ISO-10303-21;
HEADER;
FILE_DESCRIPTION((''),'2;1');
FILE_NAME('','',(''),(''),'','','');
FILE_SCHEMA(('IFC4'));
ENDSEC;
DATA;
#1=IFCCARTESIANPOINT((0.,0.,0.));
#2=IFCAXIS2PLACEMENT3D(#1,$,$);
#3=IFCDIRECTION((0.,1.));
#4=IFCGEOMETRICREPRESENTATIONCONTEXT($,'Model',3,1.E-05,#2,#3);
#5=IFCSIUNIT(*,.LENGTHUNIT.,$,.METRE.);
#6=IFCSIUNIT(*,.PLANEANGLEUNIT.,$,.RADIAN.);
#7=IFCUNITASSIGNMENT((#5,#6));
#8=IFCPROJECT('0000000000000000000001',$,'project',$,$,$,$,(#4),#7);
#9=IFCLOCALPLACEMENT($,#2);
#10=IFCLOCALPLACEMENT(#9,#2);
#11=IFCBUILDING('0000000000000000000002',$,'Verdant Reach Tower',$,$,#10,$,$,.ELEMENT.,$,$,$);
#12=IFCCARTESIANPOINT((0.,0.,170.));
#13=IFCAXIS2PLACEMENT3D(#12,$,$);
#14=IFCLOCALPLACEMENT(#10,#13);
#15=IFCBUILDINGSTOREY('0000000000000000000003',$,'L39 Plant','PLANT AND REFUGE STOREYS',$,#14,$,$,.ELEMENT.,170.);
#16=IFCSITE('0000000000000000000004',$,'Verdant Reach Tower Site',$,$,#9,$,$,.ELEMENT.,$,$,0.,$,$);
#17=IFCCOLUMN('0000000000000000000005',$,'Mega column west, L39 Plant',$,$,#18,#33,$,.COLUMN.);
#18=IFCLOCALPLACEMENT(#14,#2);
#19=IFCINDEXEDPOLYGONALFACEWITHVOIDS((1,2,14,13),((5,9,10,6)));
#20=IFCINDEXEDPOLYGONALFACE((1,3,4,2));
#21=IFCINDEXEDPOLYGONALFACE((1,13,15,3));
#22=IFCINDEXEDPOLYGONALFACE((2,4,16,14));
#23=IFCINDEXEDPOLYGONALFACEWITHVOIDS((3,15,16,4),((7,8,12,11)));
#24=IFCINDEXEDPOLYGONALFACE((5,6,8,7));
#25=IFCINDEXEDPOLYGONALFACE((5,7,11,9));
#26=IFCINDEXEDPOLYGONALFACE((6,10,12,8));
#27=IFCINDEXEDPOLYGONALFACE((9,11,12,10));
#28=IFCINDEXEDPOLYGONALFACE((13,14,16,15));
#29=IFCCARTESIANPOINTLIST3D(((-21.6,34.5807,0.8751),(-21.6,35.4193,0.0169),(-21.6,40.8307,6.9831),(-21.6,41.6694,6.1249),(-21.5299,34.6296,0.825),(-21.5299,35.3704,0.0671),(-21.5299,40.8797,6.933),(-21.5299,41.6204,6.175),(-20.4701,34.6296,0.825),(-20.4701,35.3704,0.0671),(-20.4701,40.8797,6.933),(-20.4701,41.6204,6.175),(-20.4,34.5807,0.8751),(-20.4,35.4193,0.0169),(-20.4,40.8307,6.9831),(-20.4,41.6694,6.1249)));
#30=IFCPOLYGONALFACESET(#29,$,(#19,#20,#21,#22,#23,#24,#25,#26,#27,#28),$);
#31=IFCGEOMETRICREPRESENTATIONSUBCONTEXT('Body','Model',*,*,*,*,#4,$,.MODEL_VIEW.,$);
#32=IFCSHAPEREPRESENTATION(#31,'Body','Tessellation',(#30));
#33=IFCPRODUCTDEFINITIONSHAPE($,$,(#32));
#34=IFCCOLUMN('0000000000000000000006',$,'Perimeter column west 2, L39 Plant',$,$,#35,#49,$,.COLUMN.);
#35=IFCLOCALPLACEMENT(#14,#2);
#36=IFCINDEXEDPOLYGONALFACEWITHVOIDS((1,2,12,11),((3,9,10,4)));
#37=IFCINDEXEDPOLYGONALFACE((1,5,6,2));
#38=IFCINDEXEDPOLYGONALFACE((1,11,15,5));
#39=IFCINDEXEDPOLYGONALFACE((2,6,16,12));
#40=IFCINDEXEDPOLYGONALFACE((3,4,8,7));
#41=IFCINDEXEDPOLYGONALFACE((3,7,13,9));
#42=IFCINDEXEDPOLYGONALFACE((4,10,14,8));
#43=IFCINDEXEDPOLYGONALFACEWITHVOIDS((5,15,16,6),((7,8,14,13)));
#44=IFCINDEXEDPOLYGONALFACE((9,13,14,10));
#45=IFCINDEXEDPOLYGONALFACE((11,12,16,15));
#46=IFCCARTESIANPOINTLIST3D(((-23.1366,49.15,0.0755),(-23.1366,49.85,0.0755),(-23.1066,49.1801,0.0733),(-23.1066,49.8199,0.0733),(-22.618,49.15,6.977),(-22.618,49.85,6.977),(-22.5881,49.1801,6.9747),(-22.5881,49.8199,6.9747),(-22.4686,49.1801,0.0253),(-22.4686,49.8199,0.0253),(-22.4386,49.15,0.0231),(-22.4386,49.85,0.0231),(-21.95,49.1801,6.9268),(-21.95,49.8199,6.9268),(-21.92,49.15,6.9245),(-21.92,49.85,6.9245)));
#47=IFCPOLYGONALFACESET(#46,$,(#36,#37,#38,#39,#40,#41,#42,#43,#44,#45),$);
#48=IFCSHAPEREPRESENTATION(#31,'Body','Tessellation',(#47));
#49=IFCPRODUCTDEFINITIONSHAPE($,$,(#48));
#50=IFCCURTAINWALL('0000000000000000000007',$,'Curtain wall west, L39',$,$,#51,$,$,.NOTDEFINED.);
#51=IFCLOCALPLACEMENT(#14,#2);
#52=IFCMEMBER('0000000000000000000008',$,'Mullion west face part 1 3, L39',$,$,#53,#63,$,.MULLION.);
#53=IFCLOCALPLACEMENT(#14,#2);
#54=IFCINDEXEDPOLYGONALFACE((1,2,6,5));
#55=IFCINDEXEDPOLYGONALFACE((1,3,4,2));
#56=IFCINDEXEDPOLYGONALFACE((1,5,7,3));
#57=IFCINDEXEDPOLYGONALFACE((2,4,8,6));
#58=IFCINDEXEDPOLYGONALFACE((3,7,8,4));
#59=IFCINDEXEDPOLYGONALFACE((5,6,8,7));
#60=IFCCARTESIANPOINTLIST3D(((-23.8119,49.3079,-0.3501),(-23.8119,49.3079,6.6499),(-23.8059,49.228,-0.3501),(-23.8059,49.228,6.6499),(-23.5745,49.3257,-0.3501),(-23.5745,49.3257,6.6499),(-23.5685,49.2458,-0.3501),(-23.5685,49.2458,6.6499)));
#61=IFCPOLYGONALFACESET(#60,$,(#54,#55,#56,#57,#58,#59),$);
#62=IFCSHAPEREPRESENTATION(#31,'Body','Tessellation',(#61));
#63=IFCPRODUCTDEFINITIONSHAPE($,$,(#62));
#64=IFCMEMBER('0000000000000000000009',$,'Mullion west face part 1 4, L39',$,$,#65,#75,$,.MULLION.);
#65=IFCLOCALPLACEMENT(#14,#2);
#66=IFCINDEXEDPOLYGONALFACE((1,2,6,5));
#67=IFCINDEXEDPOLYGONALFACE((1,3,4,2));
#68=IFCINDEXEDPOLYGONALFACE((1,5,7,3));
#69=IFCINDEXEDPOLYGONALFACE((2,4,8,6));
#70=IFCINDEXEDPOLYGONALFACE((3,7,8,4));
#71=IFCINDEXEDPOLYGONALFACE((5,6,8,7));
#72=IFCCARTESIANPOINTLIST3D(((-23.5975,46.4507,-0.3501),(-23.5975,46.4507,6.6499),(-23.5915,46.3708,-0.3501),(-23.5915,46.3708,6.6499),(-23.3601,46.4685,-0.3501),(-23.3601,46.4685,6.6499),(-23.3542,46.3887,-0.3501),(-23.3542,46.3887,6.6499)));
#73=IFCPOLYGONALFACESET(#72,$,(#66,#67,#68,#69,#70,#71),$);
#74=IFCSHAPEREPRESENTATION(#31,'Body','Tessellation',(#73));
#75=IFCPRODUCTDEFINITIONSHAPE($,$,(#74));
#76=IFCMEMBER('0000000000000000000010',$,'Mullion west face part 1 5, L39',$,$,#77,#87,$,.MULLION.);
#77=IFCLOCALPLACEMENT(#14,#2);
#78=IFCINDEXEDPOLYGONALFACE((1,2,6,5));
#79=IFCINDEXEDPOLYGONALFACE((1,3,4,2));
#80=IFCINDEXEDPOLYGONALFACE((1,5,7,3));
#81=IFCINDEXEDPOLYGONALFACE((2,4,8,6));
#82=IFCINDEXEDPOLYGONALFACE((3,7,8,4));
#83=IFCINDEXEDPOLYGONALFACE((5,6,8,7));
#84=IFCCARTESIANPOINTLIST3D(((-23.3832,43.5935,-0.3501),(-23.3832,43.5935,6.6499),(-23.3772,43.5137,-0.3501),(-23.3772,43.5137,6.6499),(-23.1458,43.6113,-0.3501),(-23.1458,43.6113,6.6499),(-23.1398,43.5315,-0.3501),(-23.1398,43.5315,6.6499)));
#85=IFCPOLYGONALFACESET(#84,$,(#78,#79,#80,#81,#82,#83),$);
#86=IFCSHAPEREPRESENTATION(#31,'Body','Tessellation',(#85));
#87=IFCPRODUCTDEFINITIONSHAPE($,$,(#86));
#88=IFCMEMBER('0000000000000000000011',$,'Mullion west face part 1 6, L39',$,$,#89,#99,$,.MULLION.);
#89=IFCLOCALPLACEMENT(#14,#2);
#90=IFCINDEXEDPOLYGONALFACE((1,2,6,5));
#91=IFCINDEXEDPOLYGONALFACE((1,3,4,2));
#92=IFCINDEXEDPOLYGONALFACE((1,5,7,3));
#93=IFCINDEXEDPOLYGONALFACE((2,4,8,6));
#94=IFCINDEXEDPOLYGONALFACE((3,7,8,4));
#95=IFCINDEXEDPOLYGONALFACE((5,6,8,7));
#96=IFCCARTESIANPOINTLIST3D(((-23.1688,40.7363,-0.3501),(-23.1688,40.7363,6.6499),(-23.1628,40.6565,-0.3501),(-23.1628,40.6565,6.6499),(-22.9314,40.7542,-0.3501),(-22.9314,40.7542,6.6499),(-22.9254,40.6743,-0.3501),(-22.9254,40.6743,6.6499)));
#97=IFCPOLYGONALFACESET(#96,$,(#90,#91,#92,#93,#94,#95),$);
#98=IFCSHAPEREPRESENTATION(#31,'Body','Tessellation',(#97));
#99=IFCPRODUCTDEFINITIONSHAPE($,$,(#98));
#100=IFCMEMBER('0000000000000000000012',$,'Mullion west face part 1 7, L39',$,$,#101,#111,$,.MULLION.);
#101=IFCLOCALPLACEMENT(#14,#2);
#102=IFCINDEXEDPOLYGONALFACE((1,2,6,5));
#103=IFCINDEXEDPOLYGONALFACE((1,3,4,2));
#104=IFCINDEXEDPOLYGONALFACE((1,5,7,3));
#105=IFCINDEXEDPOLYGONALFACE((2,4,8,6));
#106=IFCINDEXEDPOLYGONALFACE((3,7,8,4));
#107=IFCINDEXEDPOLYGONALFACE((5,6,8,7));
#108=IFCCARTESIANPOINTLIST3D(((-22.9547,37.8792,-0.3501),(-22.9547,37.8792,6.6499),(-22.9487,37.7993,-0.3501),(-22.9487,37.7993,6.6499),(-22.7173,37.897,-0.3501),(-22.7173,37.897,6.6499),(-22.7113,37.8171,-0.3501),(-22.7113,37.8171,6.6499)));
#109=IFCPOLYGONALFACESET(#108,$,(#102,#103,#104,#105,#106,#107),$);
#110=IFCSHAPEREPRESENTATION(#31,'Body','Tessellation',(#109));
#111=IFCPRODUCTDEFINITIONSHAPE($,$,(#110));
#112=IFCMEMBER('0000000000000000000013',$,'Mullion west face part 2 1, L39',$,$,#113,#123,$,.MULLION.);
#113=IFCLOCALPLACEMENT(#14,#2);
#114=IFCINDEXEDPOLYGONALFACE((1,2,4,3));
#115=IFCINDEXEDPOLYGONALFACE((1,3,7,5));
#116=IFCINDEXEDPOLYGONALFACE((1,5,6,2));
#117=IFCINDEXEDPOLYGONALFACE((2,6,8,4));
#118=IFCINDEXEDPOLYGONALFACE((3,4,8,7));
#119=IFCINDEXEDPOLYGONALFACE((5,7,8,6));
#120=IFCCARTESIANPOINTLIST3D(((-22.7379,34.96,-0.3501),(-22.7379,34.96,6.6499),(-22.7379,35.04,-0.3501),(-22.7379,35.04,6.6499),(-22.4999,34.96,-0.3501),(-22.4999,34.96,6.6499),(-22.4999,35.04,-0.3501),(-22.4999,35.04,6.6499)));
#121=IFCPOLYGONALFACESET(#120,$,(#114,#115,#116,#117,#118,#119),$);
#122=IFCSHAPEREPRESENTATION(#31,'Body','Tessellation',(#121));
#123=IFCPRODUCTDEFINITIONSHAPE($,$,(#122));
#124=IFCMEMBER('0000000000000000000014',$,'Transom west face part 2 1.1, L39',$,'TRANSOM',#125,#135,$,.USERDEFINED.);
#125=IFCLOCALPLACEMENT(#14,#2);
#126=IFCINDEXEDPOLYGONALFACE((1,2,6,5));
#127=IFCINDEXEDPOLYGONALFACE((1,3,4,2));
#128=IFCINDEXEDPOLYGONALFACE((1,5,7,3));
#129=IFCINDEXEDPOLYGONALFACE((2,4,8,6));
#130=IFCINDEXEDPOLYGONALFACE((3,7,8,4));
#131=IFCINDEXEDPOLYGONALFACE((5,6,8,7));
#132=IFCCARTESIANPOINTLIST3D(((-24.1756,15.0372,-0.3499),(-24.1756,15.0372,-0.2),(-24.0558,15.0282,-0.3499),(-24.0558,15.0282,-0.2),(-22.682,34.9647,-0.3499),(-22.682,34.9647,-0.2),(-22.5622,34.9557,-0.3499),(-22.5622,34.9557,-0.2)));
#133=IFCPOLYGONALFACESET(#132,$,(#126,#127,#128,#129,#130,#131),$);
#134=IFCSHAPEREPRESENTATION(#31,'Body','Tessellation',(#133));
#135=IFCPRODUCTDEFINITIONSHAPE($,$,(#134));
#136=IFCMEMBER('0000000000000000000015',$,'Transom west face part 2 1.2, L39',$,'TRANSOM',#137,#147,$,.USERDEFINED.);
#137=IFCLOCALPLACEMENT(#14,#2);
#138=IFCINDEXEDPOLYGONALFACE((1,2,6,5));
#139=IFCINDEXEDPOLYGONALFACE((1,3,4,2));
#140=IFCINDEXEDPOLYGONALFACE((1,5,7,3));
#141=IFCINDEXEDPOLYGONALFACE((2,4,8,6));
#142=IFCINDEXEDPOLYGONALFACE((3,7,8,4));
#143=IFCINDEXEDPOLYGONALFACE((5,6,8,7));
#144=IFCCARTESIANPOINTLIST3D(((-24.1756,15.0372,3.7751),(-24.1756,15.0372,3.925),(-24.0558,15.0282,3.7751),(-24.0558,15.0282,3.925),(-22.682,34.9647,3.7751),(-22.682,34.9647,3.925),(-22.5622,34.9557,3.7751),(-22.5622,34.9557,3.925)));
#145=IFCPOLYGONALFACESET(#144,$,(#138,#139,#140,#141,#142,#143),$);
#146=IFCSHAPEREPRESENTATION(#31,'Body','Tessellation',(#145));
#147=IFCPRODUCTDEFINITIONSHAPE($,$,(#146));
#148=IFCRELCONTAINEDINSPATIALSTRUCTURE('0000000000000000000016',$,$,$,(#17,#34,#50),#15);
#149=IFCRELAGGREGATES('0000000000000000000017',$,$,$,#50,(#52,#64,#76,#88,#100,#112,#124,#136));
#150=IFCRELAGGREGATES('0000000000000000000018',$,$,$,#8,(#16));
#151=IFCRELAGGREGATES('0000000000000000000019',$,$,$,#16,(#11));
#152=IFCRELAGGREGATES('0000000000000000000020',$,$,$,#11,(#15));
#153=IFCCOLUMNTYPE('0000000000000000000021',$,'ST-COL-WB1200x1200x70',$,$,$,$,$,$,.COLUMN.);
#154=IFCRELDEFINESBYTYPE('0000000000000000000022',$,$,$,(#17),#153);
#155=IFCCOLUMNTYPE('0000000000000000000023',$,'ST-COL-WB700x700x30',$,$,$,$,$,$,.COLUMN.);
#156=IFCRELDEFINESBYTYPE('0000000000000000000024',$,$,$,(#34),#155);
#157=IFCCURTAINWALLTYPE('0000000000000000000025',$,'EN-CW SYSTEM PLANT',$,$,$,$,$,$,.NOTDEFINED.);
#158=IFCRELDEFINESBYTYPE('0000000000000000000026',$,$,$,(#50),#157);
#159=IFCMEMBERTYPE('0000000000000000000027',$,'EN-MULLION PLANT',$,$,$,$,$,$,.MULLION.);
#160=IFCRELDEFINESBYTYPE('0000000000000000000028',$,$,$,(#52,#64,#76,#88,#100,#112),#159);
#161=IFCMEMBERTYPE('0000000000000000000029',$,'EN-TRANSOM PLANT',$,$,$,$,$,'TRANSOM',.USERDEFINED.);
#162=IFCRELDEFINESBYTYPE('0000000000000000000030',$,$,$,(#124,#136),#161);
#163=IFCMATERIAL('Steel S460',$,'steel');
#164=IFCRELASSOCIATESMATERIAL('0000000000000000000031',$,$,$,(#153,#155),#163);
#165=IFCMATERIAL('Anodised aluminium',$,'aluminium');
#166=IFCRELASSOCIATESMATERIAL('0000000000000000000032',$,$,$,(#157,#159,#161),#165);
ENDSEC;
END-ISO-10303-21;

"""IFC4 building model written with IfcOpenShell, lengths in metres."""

from ifc_helpers import new_model, si_unit, direction, frame, origin, origin_2d, place, context, subcontext, project, spatial, rectangle, hollow_rectangle, extrude, material, material_profile, profile_set, type_object, element, aggregate, save


model = new_model("IFC4")

# Units and contexts
model_context = context("Model", 3, precision=1e-05, world=origin(), true_north=direction((0.0, 1.0)))
body_context = subcontext(model_context, "Body", "Model", "MODEL_VIEW")
ifc_project = project(units=[si_unit("LENGTHUNIT", "METRE"), si_unit("PLANEANGLEUNIT", "RADIAN")], contexts=[model_context])

# Site, building, storey
site_placement = place(None, origin())
site = spatial("IfcSite", under=ifc_project, at=site_placement, Name="Verdant Reach Tower Site", CompositionType="ELEMENT", RefElevation=0.0)
building_placement = place(site_placement, origin())
building = spatial("IfcBuilding", under=site, at=building_placement, Name="Verdant Reach Tower", CompositionType="ELEMENT")
storey_placement = place(building_placement, frame((0.0, 0.0, 170.0)))
storey = spatial("IfcBuildingStorey", under=building, at=storey_placement, Name="L39 Plant", Description="PLANT AND REFUGE STOREYS", CompositionType="ELEMENT", Elevation=170.0)

# Columns
ifc_material_1 = material(Name="Steel S460", Category="steel")
ifc_material_profile_1 = material_profile(ifc_material_1, hollow_rectangle(XDim=1.2, YDim=1.2, WallThickness=0.0701, at=origin_2d()), Name="WB 1200x1200x70")
ifc_profile_set_1 = profile_set([ifc_material_profile_1], Name="Steel S460")
column_type_1 = type_object("IfcColumnType", Name="ST-COL-WB1200x1200x70", PredefinedType="COLUMN", material=ifc_profile_set_1)
column_1_placement = place(storey_placement, frame((-21.0, 35.0, 0.446), z_axis=(0.0, 0.71519, 0.69893), x_axis=(-1.0, 0.0, 0.0)))
element("IfcColumn", 1, at=column_1_placement, inside=storey, type_object=column_type_1, Name="Mega column west, L39 Plant", PredefinedType="COLUMN", context=body_context, shape_type="SweptSolid", body=[
    extrude(hollow_rectangle(XDim=1.2, YDim=1.2, WallThickness=0.0701, at=origin_2d()), origin(), (0.0, 0.0, 1.0), 8.739),
])
ifc_material_profile_2 = material_profile(ifc_material_1, hollow_rectangle(XDim=0.7, YDim=0.7, WallThickness=0.03, at=origin_2d()), Name="WB 700x700x30")
ifc_profile_set_2 = profile_set([ifc_material_profile_2], Name="Steel S460")
column_type_2 = type_object("IfcColumnType", Name="ST-COL-WB700x700x30", PredefinedType="COLUMN", material=ifc_profile_set_2)
column_2_placement = place(storey_placement, frame((-22.7876, 49.5, 0.0493), z_axis=(0.074927, 0.0, 0.997189), x_axis=(0.0, 1.0, 0.0)))
element("IfcColumn", 2, at=column_2_placement, inside=storey, type_object=column_type_2, Name="Perimeter column west 2, L39 Plant", PredefinedType="COLUMN", context=body_context, shape_type="SweptSolid", body=[
    extrude(hollow_rectangle(XDim=0.7, YDim=0.7, WallThickness=0.03, at=origin_2d()), origin(), (0.0, 0.0, 1.0), 6.9209),
])

# Curtain wall, members
ifc_material_2 = material(Name="Anodised aluminium", Category="aluminium")
curtain_wall_type = type_object("IfcCurtainWallType", Name="EN-CW SYSTEM PLANT", PredefinedType="NOTDEFINED", material=ifc_material_2)
curtain_wall_placement = place(storey_placement, origin())
curtain_wall = element("IfcCurtainWall", 3, at=curtain_wall_placement, inside=storey, type_object=curtain_wall_type, Name="Curtain wall west, L39", PredefinedType="NOTDEFINED")
ifc_material_profile_3 = material_profile(ifc_material_2, rectangle(XDim=0.238, YDim=0.0801, at=origin_2d()), Name="Mullion 80x240")
ifc_profile_set_3 = profile_set([ifc_material_profile_3], Name="Anodised aluminium")
member_type_1 = type_object("IfcMemberType", Name="EN-MULLION PLANT", PredefinedType="MULLION", material=ifc_profile_set_3)
member_1_placement = place(storey_placement, frame((-23.6902, 49.2769, -0.3501), z_axis=(0.0, 0.0, 1.0), x_axis=(-0.997199, -0.07479, 0.0)))
member_1 = element("IfcMember", 4, at=member_1_placement, type_object=member_type_1, Name="Mullion west face part 1 3, L39", PredefinedType="MULLION", context=body_context, shape_type="SweptSolid", body=[
    extrude(rectangle(XDim=0.238, YDim=0.0801, at=origin_2d()), origin(), (0.0, 0.0, 1.0), 7.0),
])
member_2_placement = place(storey_placement, frame((-23.4758, 46.4197, -0.3501), z_axis=(0.0, 0.0, 1.0), x_axis=(-0.997199, -0.07479, 0.0)))
member_2 = element("IfcMember", 5, at=member_2_placement, type_object=member_type_1, Name="Mullion west face part 1 4, L39", PredefinedType="MULLION", context=body_context, shape_type="SweptSolid", body=[
    extrude(rectangle(XDim=0.238, YDim=0.0801, at=origin_2d()), origin(), (0.0, 0.0, 1.0), 7.0),
])
member_3_placement = place(storey_placement, frame((-23.2615, 43.5625, -0.3501), z_axis=(0.0, 0.0, 1.0), x_axis=(-0.997199, -0.07479, 0.0)))
member_3 = element("IfcMember", 6, at=member_3_placement, type_object=member_type_1, Name="Mullion west face part 1 5, L39", PredefinedType="MULLION", context=body_context, shape_type="SweptSolid", body=[
    extrude(rectangle(XDim=0.238, YDim=0.0801, at=origin_2d()), origin(), (0.0, 0.0, 1.0), 7.0),
])
member_4_placement = place(storey_placement, frame((-23.0471, 40.7053, -0.3501), z_axis=(0.0, 0.0, 1.0), x_axis=(-0.997199, -0.07479, 0.0)))
member_4 = element("IfcMember", 7, at=member_4_placement, type_object=member_type_1, Name="Mullion west face part 1 6, L39", PredefinedType="MULLION", context=body_context, shape_type="SweptSolid", body=[
    extrude(rectangle(XDim=0.238, YDim=0.0801, at=origin_2d()), origin(), (0.0, 0.0, 1.0), 7.0),
])
member_5_placement = place(storey_placement, frame((-22.833, 37.8481, -0.3501), z_axis=(0.0, 0.0, 1.0), x_axis=(-0.997199, -0.07479, 0.0)))
member_5 = element("IfcMember", 8, at=member_5_placement, type_object=member_type_1, Name="Mullion west face part 1 7, L39", PredefinedType="MULLION", context=body_context, shape_type="SweptSolid", body=[
    extrude(rectangle(XDim=0.238, YDim=0.0801, at=origin_2d()), origin(), (0.0, 0.0, 1.0), 7.0),
])
member_6_placement = place(storey_placement, frame((-22.6189, 35.0, -0.3501), z_axis=(0.0, 0.0, 1.0), x_axis=(-1.0, 0.0, 0.0)))
member_6 = element("IfcMember", 9, at=member_6_placement, type_object=member_type_1, Name="Mullion west face part 2 1, L39", PredefinedType="MULLION", context=body_context, shape_type="SweptSolid", body=[
    extrude(rectangle(XDim=0.238, YDim=0.0801, at=origin_2d()), origin(), (0.0, 0.0, 1.0), 7.0),
])
ifc_material_profile_4 = material_profile(ifc_material_2, rectangle(XDim=0.1201, YDim=0.1499, at=origin_2d()), Name="Transom 150x120")
ifc_profile_set_4 = profile_set([ifc_material_profile_4], Name="Anodised aluminium")
member_type_2 = type_object("IfcMemberType", Name="EN-TRANSOM PLANT", ElementType="TRANSOM", PredefinedType="USERDEFINED", material=ifc_profile_set_4)
member_7_placement = place(storey_placement, frame((-22.6221, 34.9602, -0.2749), z_axis=(-0.074745, -0.997203, 0.0), x_axis=(0.997203, -0.074745, 0.0)))
member_7 = element("IfcMember", 10, at=member_7_placement, type_object=member_type_2, Name="Transom west face part 2 1.1, L39", ObjectType="TRANSOM", PredefinedType="USERDEFINED", context=body_context, shape_type="SweptSolid", body=[
    extrude(rectangle(XDim=0.1201, YDim=0.1499, at=origin_2d()), origin(), (0.0, 0.0, 1.0), 19.9834),
])
member_8_placement = place(storey_placement, frame((-22.6221, 34.9602, 3.8501), z_axis=(-0.074745, -0.997203, 0.0), x_axis=(0.997203, -0.074745, 0.0)))
member_8 = element("IfcMember", 11, at=member_8_placement, type_object=member_type_2, Name="Transom west face part 2 1.2, L39", ObjectType="TRANSOM", PredefinedType="USERDEFINED", context=body_context, shape_type="SweptSolid", body=[
    extrude(rectangle(XDim=0.1201, YDim=0.1499, at=origin_2d()), origin(), (0.0, 0.0, 1.0), 19.9834),
])

aggregate(curtain_wall, [member_1, member_2, member_3, member_4, member_5, member_6, member_7, member_8])

save(model, "model.ifc")
